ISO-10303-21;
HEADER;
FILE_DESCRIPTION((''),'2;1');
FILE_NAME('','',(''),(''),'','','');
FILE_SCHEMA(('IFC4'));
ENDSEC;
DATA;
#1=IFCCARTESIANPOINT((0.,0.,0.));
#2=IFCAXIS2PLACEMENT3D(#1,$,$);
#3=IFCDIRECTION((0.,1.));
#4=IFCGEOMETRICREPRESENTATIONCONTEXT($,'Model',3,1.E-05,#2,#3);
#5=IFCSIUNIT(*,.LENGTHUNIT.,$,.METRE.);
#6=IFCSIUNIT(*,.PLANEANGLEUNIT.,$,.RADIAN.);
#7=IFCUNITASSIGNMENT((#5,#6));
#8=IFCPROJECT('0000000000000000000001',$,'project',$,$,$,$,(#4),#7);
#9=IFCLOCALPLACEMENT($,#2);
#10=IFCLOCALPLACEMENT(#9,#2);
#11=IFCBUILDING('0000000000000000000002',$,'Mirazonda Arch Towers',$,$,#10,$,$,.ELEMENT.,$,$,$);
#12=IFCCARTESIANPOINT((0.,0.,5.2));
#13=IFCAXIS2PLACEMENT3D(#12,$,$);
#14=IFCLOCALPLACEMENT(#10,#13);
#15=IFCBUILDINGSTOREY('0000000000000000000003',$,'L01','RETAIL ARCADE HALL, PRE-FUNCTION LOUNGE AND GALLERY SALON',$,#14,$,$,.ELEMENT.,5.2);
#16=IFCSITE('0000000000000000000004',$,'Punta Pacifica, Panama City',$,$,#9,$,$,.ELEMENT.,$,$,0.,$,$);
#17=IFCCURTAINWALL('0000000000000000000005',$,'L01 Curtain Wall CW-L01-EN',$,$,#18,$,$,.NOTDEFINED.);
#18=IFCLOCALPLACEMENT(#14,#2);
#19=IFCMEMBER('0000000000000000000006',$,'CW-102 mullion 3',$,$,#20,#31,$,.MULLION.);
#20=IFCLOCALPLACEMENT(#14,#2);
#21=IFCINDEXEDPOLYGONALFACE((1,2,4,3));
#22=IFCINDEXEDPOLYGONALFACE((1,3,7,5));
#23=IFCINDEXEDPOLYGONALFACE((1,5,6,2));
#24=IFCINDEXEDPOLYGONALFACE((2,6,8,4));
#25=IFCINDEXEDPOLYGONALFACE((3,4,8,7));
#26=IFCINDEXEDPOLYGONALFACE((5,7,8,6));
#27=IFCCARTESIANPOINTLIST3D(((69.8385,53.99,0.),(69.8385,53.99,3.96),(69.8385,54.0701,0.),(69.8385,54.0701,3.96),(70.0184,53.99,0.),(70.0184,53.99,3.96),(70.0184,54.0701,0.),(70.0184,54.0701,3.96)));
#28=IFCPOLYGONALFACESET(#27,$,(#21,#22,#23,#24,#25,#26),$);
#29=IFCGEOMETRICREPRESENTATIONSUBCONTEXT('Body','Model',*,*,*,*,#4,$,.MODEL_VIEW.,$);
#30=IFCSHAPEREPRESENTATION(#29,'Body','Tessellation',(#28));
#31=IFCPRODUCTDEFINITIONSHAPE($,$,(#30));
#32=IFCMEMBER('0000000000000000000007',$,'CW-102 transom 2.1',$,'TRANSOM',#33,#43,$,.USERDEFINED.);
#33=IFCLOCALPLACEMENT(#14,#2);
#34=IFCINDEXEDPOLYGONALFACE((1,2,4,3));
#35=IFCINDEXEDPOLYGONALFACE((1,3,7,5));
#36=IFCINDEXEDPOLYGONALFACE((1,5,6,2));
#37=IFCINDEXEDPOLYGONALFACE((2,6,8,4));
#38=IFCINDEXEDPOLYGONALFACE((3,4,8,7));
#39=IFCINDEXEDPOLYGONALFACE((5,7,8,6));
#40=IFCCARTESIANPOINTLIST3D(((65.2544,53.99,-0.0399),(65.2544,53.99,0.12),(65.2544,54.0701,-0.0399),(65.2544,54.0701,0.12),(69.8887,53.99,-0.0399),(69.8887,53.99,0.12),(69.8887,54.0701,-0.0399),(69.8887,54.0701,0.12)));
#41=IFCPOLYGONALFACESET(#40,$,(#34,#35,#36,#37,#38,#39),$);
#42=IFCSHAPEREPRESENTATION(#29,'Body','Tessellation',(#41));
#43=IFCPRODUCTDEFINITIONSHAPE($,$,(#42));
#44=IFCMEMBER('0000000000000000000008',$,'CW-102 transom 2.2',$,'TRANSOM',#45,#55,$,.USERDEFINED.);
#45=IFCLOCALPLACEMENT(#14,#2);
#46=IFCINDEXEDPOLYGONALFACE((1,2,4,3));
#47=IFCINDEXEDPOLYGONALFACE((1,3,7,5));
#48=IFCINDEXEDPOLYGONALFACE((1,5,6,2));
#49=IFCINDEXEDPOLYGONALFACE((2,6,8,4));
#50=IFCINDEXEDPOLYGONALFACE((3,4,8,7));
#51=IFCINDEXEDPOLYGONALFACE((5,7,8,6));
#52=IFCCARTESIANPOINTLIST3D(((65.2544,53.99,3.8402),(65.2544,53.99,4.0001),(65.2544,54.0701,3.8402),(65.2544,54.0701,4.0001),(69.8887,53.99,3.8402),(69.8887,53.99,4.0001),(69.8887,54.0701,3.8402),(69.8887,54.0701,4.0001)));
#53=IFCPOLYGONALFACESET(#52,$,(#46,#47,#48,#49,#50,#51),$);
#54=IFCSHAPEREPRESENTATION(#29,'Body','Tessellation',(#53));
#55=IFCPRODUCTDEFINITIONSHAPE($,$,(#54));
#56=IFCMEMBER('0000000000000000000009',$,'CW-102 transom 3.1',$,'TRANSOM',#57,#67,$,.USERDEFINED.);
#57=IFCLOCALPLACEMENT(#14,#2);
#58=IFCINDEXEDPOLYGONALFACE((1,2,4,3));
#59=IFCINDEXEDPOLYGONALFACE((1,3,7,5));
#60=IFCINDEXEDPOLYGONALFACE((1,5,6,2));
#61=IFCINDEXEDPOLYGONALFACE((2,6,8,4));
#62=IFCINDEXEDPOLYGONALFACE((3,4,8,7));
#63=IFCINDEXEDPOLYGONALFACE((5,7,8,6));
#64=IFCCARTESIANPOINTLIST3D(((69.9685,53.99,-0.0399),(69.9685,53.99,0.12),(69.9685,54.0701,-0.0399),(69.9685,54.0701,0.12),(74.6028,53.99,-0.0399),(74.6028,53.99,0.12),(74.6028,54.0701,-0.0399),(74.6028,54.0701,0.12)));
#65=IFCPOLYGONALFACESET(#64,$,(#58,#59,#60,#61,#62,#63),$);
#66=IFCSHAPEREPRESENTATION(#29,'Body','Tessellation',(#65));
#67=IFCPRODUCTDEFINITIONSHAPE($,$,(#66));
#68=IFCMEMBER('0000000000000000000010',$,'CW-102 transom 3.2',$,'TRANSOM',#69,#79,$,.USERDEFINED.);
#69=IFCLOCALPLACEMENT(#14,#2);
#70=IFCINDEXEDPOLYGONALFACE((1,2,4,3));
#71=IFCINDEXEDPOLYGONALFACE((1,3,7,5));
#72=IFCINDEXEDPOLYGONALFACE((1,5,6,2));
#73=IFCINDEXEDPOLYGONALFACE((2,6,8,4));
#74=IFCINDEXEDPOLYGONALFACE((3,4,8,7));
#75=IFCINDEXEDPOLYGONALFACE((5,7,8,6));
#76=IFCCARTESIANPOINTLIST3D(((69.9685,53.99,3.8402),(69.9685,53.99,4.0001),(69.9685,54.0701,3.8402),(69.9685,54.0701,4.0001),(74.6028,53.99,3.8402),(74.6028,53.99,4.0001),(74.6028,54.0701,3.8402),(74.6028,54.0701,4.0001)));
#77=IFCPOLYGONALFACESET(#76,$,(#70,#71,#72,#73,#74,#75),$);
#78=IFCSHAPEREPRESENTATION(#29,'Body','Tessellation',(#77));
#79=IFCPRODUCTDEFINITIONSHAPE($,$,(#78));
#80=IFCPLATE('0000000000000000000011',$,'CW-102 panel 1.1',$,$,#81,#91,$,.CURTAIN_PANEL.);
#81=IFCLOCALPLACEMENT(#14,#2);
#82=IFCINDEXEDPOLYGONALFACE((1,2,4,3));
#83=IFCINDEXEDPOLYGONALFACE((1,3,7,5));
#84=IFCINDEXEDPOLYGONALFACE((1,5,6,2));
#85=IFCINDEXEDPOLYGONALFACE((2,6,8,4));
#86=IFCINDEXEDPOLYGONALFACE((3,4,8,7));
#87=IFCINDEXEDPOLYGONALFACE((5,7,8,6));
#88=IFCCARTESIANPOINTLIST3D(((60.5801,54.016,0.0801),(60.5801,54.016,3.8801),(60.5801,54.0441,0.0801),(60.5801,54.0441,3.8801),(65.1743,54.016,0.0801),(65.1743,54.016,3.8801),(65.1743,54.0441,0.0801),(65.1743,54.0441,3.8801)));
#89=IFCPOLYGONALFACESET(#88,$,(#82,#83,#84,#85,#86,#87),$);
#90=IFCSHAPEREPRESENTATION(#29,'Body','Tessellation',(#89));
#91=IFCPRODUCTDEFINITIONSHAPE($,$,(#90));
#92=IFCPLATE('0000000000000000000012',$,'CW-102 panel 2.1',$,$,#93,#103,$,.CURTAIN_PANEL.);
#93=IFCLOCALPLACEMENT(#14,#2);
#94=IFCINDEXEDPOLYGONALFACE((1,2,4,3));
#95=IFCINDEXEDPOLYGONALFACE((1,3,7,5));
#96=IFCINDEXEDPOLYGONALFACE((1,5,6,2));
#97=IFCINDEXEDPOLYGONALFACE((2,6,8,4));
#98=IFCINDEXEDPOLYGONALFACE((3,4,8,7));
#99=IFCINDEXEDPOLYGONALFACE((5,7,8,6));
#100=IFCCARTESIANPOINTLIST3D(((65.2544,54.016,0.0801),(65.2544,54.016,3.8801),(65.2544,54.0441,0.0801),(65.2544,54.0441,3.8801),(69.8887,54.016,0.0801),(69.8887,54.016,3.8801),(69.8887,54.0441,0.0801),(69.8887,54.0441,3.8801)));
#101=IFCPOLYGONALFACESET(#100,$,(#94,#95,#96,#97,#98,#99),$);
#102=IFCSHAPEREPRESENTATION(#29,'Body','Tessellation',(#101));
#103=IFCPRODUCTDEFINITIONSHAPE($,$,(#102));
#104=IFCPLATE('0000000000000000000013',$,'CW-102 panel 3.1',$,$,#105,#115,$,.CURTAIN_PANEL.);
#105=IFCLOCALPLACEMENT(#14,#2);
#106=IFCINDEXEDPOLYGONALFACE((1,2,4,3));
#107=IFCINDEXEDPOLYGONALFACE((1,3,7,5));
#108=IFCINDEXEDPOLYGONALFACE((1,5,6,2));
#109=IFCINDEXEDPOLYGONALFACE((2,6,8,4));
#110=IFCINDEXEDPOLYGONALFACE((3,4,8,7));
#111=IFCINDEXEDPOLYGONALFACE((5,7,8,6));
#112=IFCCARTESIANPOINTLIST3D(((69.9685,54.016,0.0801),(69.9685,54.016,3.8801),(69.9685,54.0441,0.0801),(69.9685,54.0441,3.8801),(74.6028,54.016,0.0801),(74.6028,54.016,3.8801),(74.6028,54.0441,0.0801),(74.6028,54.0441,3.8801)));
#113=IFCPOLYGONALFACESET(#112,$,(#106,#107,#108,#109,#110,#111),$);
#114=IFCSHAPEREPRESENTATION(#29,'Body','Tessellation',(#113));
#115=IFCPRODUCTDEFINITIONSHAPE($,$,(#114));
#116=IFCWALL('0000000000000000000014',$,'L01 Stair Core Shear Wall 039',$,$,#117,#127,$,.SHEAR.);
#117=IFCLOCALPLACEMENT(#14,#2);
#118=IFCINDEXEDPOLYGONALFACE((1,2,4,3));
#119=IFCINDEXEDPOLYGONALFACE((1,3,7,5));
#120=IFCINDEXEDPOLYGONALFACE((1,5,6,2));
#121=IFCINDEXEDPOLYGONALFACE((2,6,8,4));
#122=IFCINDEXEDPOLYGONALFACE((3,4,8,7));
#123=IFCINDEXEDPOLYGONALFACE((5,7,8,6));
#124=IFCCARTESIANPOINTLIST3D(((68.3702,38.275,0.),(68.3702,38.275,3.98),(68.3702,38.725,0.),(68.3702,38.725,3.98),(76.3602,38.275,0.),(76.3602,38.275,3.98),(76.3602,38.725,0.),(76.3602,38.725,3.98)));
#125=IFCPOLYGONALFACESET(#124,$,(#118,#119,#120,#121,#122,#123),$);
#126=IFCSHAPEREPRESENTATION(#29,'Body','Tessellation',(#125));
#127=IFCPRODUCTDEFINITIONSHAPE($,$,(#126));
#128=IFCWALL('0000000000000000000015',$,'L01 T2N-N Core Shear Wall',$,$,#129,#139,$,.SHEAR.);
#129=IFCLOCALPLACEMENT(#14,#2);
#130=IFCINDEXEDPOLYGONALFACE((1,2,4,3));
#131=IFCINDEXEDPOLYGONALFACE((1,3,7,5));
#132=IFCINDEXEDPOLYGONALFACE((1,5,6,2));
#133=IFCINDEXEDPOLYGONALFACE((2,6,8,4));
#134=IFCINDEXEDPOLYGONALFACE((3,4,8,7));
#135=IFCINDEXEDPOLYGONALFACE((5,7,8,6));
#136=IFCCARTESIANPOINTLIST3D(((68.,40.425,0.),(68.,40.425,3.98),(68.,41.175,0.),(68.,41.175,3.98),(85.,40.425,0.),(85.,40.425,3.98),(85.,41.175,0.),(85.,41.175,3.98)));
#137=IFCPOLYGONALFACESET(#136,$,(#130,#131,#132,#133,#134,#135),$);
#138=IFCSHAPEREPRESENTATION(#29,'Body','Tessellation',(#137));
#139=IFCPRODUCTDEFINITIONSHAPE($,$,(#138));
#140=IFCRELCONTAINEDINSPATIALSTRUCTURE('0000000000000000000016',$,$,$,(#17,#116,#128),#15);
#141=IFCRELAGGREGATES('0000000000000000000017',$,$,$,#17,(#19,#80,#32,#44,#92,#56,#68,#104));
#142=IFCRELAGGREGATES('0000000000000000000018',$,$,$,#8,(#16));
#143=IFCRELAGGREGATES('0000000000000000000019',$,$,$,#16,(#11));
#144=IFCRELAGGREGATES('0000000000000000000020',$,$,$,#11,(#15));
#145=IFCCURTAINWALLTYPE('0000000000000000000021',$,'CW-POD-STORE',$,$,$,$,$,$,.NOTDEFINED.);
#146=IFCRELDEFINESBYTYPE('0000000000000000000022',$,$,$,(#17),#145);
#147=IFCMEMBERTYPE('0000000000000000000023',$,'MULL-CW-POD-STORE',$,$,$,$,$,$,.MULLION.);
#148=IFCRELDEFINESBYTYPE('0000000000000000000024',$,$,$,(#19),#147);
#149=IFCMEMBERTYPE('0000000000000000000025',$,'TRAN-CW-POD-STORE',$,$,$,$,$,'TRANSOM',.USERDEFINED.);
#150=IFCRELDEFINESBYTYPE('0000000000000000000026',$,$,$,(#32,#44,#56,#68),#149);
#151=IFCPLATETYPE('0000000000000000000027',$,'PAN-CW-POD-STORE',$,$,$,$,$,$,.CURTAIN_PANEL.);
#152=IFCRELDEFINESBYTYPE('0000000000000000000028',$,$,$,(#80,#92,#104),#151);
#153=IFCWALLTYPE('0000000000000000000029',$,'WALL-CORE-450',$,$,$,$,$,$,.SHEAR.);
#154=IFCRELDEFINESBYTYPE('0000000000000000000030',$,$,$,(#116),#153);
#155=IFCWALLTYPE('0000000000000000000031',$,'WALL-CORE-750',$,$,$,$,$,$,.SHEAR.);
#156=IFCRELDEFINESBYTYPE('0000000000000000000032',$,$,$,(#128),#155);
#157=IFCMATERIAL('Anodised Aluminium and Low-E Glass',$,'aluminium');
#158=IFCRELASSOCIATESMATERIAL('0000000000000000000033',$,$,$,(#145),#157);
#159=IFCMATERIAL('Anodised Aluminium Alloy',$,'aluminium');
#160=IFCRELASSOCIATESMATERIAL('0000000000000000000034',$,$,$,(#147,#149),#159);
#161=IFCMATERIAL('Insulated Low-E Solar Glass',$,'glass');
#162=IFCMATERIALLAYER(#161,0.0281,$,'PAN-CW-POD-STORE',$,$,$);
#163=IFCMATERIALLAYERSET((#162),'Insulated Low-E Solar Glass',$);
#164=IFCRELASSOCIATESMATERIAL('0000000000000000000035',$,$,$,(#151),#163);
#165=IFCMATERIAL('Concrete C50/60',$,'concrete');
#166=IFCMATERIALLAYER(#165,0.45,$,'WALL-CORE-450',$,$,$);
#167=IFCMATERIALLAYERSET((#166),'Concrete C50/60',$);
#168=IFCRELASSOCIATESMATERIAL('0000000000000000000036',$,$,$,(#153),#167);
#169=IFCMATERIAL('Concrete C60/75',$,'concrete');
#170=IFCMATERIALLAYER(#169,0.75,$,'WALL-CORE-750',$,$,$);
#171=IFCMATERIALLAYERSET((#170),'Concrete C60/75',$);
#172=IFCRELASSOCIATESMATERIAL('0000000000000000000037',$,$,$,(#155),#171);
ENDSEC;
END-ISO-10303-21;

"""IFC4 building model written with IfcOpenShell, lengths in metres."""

from ifc_helpers import new_model, si_unit, direction, frame, frame_2d, origin, origin_2d, place, context, subcontext, project, spatial, rectangle, extrude, material, layer, layer_set, material_profile, profile_set, type_object, element, aggregate, save


model = new_model("IFC4")

# Units and contexts
model_context = context("Model", 3, precision=1e-05, world=origin(), true_north=direction((0.0, 1.0)))
body_context = subcontext(model_context, "Body", "Model", "MODEL_VIEW")
ifc_project = project(units=[si_unit("LENGTHUNIT", "METRE"), si_unit("PLANEANGLEUNIT", "RADIAN")], contexts=[model_context])

# Site, building, storey
site_placement = place(None, origin())
site = spatial("IfcSite", under=ifc_project, at=site_placement, Name="Punta Pacifica, Panama City", CompositionType="ELEMENT", RefElevation=0.0)
building_placement = place(site_placement, origin())
building = spatial("IfcBuilding", under=site, at=building_placement, Name="Mirazonda Arch Towers", CompositionType="ELEMENT")
storey_placement = place(building_placement, frame((0.0, 0.0, 5.2)))
storey = spatial("IfcBuildingStorey", under=building, at=storey_placement, Name="L01", Description="RETAIL ARCADE HALL, PRE-FUNCTION LOUNGE AND GALLERY SALON", CompositionType="ELEMENT", Elevation=5.2)

# Shared definitions
ifc_material_1 = material(Name="Concrete C50/60", Category="concrete")
ifc_material_2 = material(Name="Concrete C60/75", Category="concrete")

# Curtain wall, members, plates
ifc_material_3 = material(Name="Anodised Aluminium and Low-E Glass", Category="aluminium")
curtain_wall_type = type_object("IfcCurtainWallType", Name="CW-POD-STORE", PredefinedType="NOTDEFINED", material=ifc_material_3)
curtain_wall_placement = place(storey_placement, origin())
curtain_wall = element("IfcCurtainWall", 1, at=curtain_wall_placement, inside=storey, type_object=curtain_wall_type, Name="L01 Curtain Wall CW-L01-EN", PredefinedType="NOTDEFINED")
ifc_material_4 = material(Name="Anodised Aluminium Alloy", Category="aluminium")
ifc_material_profile_1 = material_profile(ifc_material_4, rectangle(XDim=0.0801, YDim=0.1799, at=origin_2d()), Name="ALU-MULL-80x180")
ifc_profile_set_1 = profile_set([ifc_material_profile_1], Name="Anodised Aluminium Alloy")
member_type_1 = type_object("IfcMemberType", Name="MULL-CW-POD-STORE", PredefinedType="MULLION", material=ifc_profile_set_1)
member_1_placement = place(storey_placement, frame((69.9285, 54.03, 0.0), z_axis=(0.0, 0.0, 1.0), x_axis=(0.0, 1.0, 0.0)))
member_1 = element("IfcMember", 2, at=member_1_placement, type_object=member_type_1, Name="CW-102 mullion 3", PredefinedType="MULLION", context=body_context, shape_type="SweptSolid", body=[
    extrude(rectangle(XDim=0.0801, YDim=0.1799, at=origin_2d()), origin(), (0.0, 0.0, 1.0), 3.96),
])
ifc_material_profile_2 = material_profile(ifc_material_4, rectangle(XDim=0.0801, YDim=0.1599, at=origin_2d()), Name="ALU-TRAN-80x160")
ifc_profile_set_2 = profile_set([ifc_material_profile_2], Name="Anodised Aluminium Alloy")
member_type_2 = type_object("IfcMemberType", Name="TRAN-CW-POD-STORE", ElementType="TRANSOM", PredefinedType="USERDEFINED", material=ifc_profile_set_2)
member_2_placement = place(storey_placement, frame((65.2544, 54.03, 0.04), z_axis=(1.0, 0.0, 0.0), x_axis=(0.0, 1.0, 0.0)))
member_2 = element("IfcMember", 3, at=member_2_placement, type_object=member_type_2, Name="CW-102 transom 2.1", ObjectType="TRANSOM", PredefinedType="USERDEFINED", context=body_context, shape_type="SweptSolid", body=[
    extrude(rectangle(XDim=0.0801, YDim=0.1599, at=origin_2d()), origin(), (0.0, 0.0, 1.0), 4.6343),
])
member_3_placement = place(storey_placement, frame((65.2544, 54.03, 3.9202), z_axis=(1.0, 0.0, 0.0), x_axis=(0.0, 1.0, 0.0)))
member_3 = element("IfcMember", 4, at=member_3_placement, type_object=member_type_2, Name="CW-102 transom 2.2", ObjectType="TRANSOM", PredefinedType="USERDEFINED", context=body_context, shape_type="SweptSolid", body=[
    extrude(rectangle(XDim=0.0801, YDim=0.1599, at=origin_2d()), origin(), (0.0, 0.0, 1.0), 4.6343),
])
member_4_placement = place(storey_placement, frame((69.9685, 54.03, 0.04), z_axis=(1.0, 0.0, 0.0), x_axis=(0.0, 1.0, 0.0)))
member_4 = element("IfcMember", 5, at=member_4_placement, type_object=member_type_2, Name="CW-102 transom 3.1", ObjectType="TRANSOM", PredefinedType="USERDEFINED", context=body_context, shape_type="SweptSolid", body=[
    extrude(rectangle(XDim=0.0801, YDim=0.1599, at=origin_2d()), origin(), (0.0, 0.0, 1.0), 4.6343),
])
member_5_placement = place(storey_placement, frame((69.9685, 54.03, 3.9202), z_axis=(1.0, 0.0, 0.0), x_axis=(0.0, 1.0, 0.0)))
member_5 = element("IfcMember", 6, at=member_5_placement, type_object=member_type_2, Name="CW-102 transom 3.2", ObjectType="TRANSOM", PredefinedType="USERDEFINED", context=body_context, shape_type="SweptSolid", body=[
    extrude(rectangle(XDim=0.0801, YDim=0.1599, at=origin_2d()), origin(), (0.0, 0.0, 1.0), 4.6343),
])
ifc_material_5 = material(Name="Insulated Low-E Solar Glass", Category="glass")
ifc_layer_1 = layer(ifc_material_5, 0.0281, Name="PAN-CW-POD-STORE")
ifc_layer_set_1 = layer_set([ifc_layer_1], Name="Insulated Low-E Solar Glass")
plate_type = type_object("IfcPlateType", Name="PAN-CW-POD-STORE", PredefinedType="CURTAIN_PANEL", material=ifc_layer_set_1)
plate_1_placement = place(storey_placement, frame((62.8772, 54.03, 0.0801), z_axis=(0.0, 0.0, 1.0), x_axis=(1.0, 0.0, 0.0)))
plate_1 = element("IfcPlate", 7, at=plate_1_placement, type_object=plate_type, Name="CW-102 panel 1.1", PredefinedType="CURTAIN_PANEL", context=body_context, shape_type="SweptSolid", body=[
    extrude(rectangle(XDim=4.5942, YDim=0.0281, at=origin_2d()), origin(), (0.0, 0.0, 1.0), 3.8),
])
plate_2_placement = place(storey_placement, frame((67.5715, 54.03, 0.0801), z_axis=(0.0, 0.0, 1.0), x_axis=(1.0, 0.0, 0.0)))
plate_2 = element("IfcPlate", 8, at=plate_2_placement, type_object=plate_type, Name="CW-102 panel 2.1", PredefinedType="CURTAIN_PANEL", context=body_context, shape_type="SweptSolid", body=[
    extrude(rectangle(XDim=4.6343, YDim=0.0281, at=origin_2d()), origin(), (0.0, 0.0, 1.0), 3.8),
])
plate_3_placement = place(storey_placement, frame((72.2856, 54.03, 0.0801), z_axis=(0.0, 0.0, 1.0), x_axis=(1.0, 0.0, 0.0)))
plate_3 = element("IfcPlate", 9, at=plate_3_placement, type_object=plate_type, Name="CW-102 panel 3.1", PredefinedType="CURTAIN_PANEL", context=body_context, shape_type="SweptSolid", body=[
    extrude(rectangle(XDim=4.6343, YDim=0.0281, at=origin_2d()), origin(), (0.0, 0.0, 1.0), 3.8),
])
aggregate(curtain_wall, [member_1, plate_1, member_2, member_3, plate_2, member_4, member_5, plate_3])

# Walls
ifc_layer_2 = layer(ifc_material_1, 0.45, Name="WALL-CORE-450")
ifc_layer_set_2 = layer_set([ifc_layer_2], Name="Concrete C50/60")
wall_type_1 = type_object("IfcWallType", Name="WALL-CORE-450", PredefinedType="SHEAR", material=ifc_layer_set_2)
wall_1_placement = place(storey_placement, frame((68.3701, 38.5, 0.0), z_axis=(0.0, 0.0, 1.0), x_axis=(1.0, 0.0, 0.0)))
element("IfcWall", 10, at=wall_1_placement, inside=storey, type_object=wall_type_1, Name="L01 Stair Core Shear Wall 039", PredefinedType="SHEAR", context=body_context, shape_type="SweptSolid", body=[
    extrude(rectangle(XDim=7.99, YDim=0.45, at=frame_2d((3.9951, 0.0))), origin(), (0.0, 0.0, 1.0), 3.98),
])
ifc_layer_3 = layer(ifc_material_2, 0.75, Name="WALL-CORE-750")
ifc_layer_set_3 = layer_set([ifc_layer_3], Name="Concrete C60/75")
wall_type_2 = type_object("IfcWallType", Name="WALL-CORE-750", PredefinedType="SHEAR", material=ifc_layer_set_3)
wall_2_placement = place(storey_placement, frame((68.0, 40.8, 0.0), z_axis=(0.0, 0.0, 1.0), x_axis=(1.0, 0.0, 0.0)))
element("IfcWall", 11, at=wall_2_placement, inside=storey, type_object=wall_type_2, Name="L01 T2N-N Core Shear Wall", PredefinedType="SHEAR", context=body_context, shape_type="SweptSolid", body=[
    extrude(rectangle(XDim=17.0, YDim=0.75, at=frame_2d((8.5, 0.0))), origin(), (0.0, 0.0, 1.0), 3.98),
])

save(model, "model.ifc")
